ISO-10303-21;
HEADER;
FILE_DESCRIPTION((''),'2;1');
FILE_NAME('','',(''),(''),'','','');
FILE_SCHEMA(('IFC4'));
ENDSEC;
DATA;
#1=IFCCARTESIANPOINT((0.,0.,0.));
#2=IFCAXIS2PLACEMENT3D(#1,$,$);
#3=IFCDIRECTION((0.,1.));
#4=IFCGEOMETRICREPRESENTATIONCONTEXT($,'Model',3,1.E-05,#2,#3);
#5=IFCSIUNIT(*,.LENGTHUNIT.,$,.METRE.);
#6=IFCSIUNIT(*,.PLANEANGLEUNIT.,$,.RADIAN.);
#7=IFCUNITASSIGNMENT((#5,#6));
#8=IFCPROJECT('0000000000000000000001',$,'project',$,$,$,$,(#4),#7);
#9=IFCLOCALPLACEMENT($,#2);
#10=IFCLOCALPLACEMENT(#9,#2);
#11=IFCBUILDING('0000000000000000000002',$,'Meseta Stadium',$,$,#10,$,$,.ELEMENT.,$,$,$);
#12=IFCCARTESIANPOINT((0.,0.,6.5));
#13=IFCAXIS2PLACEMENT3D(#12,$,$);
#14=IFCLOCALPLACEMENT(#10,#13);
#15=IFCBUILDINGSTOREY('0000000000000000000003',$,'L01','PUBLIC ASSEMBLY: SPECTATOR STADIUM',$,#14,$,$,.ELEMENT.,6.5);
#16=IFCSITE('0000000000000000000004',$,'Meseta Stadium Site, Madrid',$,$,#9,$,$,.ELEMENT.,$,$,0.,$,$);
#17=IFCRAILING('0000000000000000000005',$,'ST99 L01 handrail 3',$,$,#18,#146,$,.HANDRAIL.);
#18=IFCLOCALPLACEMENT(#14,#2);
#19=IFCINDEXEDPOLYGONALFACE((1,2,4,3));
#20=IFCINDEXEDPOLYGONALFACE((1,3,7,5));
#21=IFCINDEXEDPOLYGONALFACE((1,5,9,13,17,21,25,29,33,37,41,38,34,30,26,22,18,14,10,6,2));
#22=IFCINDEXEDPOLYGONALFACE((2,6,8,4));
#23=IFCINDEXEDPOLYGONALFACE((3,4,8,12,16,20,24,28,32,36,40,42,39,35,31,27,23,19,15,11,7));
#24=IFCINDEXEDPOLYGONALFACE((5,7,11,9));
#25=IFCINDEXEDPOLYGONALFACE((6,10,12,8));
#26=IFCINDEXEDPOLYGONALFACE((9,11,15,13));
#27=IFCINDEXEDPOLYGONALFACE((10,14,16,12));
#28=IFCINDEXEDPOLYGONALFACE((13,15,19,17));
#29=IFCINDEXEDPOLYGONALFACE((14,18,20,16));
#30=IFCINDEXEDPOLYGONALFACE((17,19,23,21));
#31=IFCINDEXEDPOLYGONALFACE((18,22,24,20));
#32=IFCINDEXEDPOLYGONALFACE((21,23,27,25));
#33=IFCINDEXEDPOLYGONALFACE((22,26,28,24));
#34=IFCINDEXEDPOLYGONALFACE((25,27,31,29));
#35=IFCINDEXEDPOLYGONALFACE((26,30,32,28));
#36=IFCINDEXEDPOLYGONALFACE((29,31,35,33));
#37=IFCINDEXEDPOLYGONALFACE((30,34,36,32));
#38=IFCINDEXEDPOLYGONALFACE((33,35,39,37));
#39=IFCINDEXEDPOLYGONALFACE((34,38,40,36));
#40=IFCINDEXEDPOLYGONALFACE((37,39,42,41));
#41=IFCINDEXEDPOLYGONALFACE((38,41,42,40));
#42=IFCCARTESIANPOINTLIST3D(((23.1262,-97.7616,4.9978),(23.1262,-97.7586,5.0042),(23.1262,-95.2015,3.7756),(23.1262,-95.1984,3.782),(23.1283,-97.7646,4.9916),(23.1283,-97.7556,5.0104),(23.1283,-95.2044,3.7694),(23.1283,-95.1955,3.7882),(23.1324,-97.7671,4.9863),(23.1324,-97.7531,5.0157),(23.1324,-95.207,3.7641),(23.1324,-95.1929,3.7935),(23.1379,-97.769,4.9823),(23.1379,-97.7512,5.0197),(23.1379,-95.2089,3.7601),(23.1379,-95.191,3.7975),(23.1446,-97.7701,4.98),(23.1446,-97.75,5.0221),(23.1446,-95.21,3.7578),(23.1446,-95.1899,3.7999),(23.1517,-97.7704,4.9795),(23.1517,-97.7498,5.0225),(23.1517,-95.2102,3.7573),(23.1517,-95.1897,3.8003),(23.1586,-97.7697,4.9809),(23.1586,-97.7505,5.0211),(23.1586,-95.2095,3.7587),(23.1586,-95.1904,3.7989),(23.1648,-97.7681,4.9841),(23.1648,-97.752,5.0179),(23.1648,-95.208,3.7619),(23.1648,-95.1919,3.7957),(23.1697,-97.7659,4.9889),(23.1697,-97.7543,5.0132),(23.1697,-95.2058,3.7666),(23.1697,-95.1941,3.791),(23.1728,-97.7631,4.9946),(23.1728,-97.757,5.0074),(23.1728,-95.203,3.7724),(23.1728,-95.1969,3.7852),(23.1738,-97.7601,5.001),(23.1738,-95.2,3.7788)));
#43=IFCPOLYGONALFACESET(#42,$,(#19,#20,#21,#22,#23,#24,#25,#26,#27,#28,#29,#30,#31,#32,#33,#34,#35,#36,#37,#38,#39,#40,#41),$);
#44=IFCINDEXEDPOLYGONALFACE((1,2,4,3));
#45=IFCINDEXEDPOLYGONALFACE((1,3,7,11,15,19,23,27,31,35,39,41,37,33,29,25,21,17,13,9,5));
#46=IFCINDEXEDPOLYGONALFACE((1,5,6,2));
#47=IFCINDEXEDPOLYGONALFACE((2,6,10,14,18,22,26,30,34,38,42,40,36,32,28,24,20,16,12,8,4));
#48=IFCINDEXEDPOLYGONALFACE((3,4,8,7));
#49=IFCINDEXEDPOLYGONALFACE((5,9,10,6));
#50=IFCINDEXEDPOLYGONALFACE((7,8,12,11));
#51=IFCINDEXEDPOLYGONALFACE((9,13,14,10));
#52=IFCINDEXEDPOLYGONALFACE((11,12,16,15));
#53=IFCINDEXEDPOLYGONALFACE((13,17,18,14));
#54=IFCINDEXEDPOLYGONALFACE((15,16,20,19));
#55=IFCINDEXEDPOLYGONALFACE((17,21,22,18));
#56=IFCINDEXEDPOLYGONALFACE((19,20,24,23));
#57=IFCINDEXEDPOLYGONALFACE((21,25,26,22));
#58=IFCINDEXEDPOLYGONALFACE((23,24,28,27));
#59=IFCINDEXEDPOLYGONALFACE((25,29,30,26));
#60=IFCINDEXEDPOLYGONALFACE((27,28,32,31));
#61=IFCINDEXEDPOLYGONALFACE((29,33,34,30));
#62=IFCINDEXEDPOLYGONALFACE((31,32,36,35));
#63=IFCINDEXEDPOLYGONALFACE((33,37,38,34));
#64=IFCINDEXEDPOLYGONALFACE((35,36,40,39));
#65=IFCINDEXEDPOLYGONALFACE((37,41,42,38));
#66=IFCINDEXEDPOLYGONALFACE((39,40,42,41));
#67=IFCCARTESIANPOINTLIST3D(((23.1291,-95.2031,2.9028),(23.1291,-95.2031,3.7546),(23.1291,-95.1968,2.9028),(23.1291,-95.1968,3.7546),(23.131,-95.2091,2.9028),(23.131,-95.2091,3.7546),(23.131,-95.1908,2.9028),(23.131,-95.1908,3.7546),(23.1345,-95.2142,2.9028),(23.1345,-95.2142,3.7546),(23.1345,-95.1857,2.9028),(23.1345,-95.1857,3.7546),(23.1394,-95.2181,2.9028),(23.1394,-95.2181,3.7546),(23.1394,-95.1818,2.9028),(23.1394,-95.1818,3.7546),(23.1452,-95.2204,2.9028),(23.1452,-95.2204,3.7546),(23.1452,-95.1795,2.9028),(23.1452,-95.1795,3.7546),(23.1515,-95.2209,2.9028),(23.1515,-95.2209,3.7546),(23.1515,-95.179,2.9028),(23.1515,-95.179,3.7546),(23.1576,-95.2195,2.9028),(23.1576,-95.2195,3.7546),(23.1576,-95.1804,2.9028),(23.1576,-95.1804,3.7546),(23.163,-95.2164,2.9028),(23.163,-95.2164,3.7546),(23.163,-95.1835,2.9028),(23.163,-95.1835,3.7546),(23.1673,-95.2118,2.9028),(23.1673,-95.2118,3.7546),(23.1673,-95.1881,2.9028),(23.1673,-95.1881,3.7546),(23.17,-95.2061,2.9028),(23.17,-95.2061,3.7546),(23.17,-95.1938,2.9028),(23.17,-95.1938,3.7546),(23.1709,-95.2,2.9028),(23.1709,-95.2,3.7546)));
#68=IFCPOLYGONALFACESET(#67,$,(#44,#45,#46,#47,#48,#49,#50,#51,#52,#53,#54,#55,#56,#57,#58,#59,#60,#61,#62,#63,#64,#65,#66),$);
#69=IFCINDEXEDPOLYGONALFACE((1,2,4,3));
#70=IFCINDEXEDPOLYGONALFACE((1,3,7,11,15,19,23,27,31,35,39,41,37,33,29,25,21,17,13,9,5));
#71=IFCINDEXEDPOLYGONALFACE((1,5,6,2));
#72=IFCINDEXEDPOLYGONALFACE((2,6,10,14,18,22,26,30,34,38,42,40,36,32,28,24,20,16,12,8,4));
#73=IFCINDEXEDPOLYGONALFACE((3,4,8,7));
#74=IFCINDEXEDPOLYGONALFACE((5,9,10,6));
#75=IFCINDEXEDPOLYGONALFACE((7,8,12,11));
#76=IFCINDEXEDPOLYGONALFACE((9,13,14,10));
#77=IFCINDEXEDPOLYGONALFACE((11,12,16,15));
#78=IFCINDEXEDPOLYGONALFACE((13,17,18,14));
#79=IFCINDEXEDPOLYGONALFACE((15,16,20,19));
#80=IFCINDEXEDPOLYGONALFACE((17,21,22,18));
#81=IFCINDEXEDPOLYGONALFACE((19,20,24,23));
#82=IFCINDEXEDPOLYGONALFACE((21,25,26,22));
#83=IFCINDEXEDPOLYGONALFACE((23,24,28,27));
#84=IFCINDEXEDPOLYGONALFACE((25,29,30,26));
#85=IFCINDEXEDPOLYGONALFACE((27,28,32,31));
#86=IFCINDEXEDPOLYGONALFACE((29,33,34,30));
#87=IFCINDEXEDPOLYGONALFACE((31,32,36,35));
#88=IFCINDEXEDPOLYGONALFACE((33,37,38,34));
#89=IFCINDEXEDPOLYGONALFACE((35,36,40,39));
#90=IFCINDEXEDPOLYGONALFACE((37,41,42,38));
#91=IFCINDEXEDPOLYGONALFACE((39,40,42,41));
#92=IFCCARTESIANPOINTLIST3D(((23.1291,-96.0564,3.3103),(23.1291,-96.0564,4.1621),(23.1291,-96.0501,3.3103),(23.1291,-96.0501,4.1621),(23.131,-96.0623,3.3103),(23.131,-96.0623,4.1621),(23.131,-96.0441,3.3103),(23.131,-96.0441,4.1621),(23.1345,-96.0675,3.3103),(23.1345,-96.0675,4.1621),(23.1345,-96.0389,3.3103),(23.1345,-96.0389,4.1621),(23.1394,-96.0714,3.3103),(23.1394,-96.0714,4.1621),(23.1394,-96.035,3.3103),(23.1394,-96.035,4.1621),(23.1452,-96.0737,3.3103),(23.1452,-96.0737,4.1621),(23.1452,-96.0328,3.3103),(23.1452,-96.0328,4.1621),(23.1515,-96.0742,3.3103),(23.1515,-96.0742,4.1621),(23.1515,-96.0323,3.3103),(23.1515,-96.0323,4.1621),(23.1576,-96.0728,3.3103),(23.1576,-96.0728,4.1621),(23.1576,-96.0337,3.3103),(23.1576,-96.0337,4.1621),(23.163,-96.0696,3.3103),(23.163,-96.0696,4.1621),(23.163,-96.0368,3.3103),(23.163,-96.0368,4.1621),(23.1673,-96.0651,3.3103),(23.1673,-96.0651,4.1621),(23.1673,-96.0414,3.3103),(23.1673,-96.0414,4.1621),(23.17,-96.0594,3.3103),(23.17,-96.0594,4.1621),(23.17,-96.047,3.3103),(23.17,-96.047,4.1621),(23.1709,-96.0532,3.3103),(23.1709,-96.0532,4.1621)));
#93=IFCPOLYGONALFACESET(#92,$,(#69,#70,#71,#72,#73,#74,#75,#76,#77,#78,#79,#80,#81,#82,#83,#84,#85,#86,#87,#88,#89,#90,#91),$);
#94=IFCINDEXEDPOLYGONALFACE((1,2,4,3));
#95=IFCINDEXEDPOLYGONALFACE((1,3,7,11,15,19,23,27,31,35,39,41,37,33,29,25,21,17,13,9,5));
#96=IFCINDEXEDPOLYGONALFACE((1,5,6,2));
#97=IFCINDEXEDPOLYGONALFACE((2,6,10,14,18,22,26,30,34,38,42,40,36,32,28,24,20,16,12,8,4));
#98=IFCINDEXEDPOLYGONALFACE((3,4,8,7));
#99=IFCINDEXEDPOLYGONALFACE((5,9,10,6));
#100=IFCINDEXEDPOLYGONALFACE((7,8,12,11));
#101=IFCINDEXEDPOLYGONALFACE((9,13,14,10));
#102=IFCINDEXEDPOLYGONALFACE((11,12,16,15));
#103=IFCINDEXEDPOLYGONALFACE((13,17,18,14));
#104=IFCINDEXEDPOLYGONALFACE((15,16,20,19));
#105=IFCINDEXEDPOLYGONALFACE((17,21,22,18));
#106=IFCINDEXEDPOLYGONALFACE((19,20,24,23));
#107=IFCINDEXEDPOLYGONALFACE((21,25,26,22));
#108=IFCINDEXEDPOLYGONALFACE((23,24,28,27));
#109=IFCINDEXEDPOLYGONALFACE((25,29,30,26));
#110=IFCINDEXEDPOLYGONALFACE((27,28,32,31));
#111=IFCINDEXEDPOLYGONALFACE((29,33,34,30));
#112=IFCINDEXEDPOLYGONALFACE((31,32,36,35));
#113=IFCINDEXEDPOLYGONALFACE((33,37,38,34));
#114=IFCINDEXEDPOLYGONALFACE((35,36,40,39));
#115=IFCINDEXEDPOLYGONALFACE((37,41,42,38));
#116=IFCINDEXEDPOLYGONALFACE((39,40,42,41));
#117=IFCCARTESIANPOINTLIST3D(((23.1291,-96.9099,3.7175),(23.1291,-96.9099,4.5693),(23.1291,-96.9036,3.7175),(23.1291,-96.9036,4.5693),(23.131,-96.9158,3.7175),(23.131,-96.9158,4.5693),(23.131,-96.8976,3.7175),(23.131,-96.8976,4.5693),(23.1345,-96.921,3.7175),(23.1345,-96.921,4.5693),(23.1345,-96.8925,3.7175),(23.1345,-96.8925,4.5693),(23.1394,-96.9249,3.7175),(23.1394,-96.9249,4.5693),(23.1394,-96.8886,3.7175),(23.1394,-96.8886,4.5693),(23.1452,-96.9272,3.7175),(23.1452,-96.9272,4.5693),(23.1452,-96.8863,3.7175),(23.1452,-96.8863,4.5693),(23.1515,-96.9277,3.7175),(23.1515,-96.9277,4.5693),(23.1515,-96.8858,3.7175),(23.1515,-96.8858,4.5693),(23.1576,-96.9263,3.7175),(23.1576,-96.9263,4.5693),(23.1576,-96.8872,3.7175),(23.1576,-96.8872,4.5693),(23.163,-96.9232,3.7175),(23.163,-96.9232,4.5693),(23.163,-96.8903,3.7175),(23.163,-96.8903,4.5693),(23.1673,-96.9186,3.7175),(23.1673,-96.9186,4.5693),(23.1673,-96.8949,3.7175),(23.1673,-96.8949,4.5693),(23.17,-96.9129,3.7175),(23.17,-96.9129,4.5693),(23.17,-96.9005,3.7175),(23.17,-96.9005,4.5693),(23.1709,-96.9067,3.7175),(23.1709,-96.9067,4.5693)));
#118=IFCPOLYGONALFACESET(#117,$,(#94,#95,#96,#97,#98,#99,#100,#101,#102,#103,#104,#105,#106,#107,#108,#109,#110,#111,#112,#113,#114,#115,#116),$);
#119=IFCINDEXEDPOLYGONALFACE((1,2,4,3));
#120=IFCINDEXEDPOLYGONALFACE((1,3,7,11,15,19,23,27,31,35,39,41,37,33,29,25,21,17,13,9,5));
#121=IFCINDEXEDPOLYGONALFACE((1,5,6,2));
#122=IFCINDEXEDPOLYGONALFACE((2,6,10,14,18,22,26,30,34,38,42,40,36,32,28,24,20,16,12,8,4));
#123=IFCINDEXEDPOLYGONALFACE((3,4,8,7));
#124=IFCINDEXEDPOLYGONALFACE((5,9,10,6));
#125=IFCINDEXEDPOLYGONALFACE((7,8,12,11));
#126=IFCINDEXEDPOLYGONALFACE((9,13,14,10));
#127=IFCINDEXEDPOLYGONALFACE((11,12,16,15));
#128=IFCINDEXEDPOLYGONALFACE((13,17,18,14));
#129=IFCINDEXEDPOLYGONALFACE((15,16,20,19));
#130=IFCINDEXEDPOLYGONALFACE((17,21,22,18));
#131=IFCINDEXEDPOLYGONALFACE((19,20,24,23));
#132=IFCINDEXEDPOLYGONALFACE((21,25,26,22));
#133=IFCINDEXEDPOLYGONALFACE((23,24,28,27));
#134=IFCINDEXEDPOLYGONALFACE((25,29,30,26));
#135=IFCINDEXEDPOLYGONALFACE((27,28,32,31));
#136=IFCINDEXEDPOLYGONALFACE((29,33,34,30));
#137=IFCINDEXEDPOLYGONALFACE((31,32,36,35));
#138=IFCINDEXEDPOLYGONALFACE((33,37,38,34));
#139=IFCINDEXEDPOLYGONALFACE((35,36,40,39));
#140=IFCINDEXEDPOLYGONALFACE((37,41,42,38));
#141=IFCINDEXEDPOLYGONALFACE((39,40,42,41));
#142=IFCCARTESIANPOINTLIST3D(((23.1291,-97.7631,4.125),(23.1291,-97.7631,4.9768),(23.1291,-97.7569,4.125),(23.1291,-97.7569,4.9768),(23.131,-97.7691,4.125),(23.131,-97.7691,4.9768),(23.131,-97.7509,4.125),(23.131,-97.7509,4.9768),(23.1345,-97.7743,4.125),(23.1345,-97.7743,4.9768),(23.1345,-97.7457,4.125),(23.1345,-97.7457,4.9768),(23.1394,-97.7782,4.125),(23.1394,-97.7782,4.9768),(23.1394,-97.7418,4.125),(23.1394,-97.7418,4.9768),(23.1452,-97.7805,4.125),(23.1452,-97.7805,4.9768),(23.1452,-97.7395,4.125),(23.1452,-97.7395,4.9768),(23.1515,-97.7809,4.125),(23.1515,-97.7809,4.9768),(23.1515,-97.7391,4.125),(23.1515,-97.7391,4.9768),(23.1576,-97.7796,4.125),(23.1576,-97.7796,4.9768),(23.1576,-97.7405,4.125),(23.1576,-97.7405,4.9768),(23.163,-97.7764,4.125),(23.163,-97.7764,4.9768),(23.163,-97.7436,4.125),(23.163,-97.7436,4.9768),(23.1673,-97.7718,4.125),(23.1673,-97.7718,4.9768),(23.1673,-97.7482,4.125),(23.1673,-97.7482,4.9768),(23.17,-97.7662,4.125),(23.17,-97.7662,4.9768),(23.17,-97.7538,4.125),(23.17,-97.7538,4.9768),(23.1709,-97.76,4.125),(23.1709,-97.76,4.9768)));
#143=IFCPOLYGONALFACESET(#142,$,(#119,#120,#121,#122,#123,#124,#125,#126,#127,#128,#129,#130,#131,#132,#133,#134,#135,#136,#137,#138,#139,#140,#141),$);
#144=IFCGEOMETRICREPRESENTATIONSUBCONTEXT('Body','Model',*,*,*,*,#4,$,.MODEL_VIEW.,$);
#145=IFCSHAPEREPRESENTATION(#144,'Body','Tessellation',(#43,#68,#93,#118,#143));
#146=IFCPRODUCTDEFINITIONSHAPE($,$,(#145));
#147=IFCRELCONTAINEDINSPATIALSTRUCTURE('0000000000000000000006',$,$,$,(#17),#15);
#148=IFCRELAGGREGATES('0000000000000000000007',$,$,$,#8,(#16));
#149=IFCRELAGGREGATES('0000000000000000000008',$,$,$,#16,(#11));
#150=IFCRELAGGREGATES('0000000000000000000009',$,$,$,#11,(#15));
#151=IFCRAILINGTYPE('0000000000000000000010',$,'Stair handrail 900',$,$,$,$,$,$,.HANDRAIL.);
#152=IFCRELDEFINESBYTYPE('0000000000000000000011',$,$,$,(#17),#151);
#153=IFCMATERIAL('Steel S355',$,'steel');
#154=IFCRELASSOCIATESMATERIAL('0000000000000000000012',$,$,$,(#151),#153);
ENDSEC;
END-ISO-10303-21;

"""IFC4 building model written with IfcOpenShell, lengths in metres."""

from ifc_helpers import new_model, si_unit, direction, frame, origin, origin_2d, place, context, subcontext, project, spatial, circle, extrude, material, type_object, element, save


model = new_model("IFC4")

# Units and contexts
model_context = context("Model", 3, precision=1e-05, world=origin(), true_north=direction((0.0, 1.0)))
body_context = subcontext(model_context, "Body", "Model", "MODEL_VIEW")
ifc_project = project(units=[si_unit("LENGTHUNIT", "METRE"), si_unit("PLANEANGLEUNIT", "RADIAN")], contexts=[model_context])

# Site, building, storey
site_placement = place(None, origin())
site = spatial("IfcSite", under=ifc_project, at=site_placement, Name="Meseta Stadium Site, Madrid", CompositionType="ELEMENT", RefElevation=0.0)
building_placement = place(site_placement, origin())
building = spatial("IfcBuilding", under=site, at=building_placement, Name="Meseta Stadium", CompositionType="ELEMENT")
storey_placement = place(building_placement, frame((0.0, 0.0, 6.5)))
storey = spatial("IfcBuildingStorey", under=building, at=storey_placement, Name="L01", Description="PUBLIC ASSEMBLY: SPECTATOR STADIUM", CompositionType="ELEMENT", Elevation=6.5)

# Railing
ifc_material_1 = material(Name="Steel S355", Category="steel")
railing_type_1 = type_object("IfcRailingType", Name="Stair handrail 900", PredefinedType="HANDRAIL", material=ifc_material_1)
for number, where, name in (
    (1, (23.1499, -95.2, 2.9028), "ST99 L01 handrail 3"),
):
    element("IfcRailing", number, at=place(storey_placement, frame(where)), inside=storey, type_object=railing_type_1, Name=name, PredefinedType="HANDRAIL", context=body_context, shape_type="SweptSolid", body=[
        extrude(circle(Radius=0.0239, at=origin_2d()), frame((0.0, 0.0, 0.876), z_axis=(0.0, -0.902437, 0.430822), x_axis=(1.0, 0.0, 0.0)), (0.0, 0.0, 1.0), 2.8369),
        extrude(circle(Radius=0.021, at=origin_2d()), origin(), (0.0, 0.0, 1.0), 0.8518),
        extrude(circle(Radius=0.021, at=origin_2d()), frame((0.0, -0.8533, 0.4075)), (0.0, 0.0, 1.0), 0.8518),
        extrude(circle(Radius=0.021, at=origin_2d()), frame((0.0, -1.7068, 0.8147)), (0.0, 0.0, 1.0), 0.8518),
        extrude(circle(Radius=0.021, at=origin_2d()), frame((0.0, -2.5601, 1.2222)), (0.0, 0.0, 1.0), 0.8518),
    ])

save(model, "model.ifc")
